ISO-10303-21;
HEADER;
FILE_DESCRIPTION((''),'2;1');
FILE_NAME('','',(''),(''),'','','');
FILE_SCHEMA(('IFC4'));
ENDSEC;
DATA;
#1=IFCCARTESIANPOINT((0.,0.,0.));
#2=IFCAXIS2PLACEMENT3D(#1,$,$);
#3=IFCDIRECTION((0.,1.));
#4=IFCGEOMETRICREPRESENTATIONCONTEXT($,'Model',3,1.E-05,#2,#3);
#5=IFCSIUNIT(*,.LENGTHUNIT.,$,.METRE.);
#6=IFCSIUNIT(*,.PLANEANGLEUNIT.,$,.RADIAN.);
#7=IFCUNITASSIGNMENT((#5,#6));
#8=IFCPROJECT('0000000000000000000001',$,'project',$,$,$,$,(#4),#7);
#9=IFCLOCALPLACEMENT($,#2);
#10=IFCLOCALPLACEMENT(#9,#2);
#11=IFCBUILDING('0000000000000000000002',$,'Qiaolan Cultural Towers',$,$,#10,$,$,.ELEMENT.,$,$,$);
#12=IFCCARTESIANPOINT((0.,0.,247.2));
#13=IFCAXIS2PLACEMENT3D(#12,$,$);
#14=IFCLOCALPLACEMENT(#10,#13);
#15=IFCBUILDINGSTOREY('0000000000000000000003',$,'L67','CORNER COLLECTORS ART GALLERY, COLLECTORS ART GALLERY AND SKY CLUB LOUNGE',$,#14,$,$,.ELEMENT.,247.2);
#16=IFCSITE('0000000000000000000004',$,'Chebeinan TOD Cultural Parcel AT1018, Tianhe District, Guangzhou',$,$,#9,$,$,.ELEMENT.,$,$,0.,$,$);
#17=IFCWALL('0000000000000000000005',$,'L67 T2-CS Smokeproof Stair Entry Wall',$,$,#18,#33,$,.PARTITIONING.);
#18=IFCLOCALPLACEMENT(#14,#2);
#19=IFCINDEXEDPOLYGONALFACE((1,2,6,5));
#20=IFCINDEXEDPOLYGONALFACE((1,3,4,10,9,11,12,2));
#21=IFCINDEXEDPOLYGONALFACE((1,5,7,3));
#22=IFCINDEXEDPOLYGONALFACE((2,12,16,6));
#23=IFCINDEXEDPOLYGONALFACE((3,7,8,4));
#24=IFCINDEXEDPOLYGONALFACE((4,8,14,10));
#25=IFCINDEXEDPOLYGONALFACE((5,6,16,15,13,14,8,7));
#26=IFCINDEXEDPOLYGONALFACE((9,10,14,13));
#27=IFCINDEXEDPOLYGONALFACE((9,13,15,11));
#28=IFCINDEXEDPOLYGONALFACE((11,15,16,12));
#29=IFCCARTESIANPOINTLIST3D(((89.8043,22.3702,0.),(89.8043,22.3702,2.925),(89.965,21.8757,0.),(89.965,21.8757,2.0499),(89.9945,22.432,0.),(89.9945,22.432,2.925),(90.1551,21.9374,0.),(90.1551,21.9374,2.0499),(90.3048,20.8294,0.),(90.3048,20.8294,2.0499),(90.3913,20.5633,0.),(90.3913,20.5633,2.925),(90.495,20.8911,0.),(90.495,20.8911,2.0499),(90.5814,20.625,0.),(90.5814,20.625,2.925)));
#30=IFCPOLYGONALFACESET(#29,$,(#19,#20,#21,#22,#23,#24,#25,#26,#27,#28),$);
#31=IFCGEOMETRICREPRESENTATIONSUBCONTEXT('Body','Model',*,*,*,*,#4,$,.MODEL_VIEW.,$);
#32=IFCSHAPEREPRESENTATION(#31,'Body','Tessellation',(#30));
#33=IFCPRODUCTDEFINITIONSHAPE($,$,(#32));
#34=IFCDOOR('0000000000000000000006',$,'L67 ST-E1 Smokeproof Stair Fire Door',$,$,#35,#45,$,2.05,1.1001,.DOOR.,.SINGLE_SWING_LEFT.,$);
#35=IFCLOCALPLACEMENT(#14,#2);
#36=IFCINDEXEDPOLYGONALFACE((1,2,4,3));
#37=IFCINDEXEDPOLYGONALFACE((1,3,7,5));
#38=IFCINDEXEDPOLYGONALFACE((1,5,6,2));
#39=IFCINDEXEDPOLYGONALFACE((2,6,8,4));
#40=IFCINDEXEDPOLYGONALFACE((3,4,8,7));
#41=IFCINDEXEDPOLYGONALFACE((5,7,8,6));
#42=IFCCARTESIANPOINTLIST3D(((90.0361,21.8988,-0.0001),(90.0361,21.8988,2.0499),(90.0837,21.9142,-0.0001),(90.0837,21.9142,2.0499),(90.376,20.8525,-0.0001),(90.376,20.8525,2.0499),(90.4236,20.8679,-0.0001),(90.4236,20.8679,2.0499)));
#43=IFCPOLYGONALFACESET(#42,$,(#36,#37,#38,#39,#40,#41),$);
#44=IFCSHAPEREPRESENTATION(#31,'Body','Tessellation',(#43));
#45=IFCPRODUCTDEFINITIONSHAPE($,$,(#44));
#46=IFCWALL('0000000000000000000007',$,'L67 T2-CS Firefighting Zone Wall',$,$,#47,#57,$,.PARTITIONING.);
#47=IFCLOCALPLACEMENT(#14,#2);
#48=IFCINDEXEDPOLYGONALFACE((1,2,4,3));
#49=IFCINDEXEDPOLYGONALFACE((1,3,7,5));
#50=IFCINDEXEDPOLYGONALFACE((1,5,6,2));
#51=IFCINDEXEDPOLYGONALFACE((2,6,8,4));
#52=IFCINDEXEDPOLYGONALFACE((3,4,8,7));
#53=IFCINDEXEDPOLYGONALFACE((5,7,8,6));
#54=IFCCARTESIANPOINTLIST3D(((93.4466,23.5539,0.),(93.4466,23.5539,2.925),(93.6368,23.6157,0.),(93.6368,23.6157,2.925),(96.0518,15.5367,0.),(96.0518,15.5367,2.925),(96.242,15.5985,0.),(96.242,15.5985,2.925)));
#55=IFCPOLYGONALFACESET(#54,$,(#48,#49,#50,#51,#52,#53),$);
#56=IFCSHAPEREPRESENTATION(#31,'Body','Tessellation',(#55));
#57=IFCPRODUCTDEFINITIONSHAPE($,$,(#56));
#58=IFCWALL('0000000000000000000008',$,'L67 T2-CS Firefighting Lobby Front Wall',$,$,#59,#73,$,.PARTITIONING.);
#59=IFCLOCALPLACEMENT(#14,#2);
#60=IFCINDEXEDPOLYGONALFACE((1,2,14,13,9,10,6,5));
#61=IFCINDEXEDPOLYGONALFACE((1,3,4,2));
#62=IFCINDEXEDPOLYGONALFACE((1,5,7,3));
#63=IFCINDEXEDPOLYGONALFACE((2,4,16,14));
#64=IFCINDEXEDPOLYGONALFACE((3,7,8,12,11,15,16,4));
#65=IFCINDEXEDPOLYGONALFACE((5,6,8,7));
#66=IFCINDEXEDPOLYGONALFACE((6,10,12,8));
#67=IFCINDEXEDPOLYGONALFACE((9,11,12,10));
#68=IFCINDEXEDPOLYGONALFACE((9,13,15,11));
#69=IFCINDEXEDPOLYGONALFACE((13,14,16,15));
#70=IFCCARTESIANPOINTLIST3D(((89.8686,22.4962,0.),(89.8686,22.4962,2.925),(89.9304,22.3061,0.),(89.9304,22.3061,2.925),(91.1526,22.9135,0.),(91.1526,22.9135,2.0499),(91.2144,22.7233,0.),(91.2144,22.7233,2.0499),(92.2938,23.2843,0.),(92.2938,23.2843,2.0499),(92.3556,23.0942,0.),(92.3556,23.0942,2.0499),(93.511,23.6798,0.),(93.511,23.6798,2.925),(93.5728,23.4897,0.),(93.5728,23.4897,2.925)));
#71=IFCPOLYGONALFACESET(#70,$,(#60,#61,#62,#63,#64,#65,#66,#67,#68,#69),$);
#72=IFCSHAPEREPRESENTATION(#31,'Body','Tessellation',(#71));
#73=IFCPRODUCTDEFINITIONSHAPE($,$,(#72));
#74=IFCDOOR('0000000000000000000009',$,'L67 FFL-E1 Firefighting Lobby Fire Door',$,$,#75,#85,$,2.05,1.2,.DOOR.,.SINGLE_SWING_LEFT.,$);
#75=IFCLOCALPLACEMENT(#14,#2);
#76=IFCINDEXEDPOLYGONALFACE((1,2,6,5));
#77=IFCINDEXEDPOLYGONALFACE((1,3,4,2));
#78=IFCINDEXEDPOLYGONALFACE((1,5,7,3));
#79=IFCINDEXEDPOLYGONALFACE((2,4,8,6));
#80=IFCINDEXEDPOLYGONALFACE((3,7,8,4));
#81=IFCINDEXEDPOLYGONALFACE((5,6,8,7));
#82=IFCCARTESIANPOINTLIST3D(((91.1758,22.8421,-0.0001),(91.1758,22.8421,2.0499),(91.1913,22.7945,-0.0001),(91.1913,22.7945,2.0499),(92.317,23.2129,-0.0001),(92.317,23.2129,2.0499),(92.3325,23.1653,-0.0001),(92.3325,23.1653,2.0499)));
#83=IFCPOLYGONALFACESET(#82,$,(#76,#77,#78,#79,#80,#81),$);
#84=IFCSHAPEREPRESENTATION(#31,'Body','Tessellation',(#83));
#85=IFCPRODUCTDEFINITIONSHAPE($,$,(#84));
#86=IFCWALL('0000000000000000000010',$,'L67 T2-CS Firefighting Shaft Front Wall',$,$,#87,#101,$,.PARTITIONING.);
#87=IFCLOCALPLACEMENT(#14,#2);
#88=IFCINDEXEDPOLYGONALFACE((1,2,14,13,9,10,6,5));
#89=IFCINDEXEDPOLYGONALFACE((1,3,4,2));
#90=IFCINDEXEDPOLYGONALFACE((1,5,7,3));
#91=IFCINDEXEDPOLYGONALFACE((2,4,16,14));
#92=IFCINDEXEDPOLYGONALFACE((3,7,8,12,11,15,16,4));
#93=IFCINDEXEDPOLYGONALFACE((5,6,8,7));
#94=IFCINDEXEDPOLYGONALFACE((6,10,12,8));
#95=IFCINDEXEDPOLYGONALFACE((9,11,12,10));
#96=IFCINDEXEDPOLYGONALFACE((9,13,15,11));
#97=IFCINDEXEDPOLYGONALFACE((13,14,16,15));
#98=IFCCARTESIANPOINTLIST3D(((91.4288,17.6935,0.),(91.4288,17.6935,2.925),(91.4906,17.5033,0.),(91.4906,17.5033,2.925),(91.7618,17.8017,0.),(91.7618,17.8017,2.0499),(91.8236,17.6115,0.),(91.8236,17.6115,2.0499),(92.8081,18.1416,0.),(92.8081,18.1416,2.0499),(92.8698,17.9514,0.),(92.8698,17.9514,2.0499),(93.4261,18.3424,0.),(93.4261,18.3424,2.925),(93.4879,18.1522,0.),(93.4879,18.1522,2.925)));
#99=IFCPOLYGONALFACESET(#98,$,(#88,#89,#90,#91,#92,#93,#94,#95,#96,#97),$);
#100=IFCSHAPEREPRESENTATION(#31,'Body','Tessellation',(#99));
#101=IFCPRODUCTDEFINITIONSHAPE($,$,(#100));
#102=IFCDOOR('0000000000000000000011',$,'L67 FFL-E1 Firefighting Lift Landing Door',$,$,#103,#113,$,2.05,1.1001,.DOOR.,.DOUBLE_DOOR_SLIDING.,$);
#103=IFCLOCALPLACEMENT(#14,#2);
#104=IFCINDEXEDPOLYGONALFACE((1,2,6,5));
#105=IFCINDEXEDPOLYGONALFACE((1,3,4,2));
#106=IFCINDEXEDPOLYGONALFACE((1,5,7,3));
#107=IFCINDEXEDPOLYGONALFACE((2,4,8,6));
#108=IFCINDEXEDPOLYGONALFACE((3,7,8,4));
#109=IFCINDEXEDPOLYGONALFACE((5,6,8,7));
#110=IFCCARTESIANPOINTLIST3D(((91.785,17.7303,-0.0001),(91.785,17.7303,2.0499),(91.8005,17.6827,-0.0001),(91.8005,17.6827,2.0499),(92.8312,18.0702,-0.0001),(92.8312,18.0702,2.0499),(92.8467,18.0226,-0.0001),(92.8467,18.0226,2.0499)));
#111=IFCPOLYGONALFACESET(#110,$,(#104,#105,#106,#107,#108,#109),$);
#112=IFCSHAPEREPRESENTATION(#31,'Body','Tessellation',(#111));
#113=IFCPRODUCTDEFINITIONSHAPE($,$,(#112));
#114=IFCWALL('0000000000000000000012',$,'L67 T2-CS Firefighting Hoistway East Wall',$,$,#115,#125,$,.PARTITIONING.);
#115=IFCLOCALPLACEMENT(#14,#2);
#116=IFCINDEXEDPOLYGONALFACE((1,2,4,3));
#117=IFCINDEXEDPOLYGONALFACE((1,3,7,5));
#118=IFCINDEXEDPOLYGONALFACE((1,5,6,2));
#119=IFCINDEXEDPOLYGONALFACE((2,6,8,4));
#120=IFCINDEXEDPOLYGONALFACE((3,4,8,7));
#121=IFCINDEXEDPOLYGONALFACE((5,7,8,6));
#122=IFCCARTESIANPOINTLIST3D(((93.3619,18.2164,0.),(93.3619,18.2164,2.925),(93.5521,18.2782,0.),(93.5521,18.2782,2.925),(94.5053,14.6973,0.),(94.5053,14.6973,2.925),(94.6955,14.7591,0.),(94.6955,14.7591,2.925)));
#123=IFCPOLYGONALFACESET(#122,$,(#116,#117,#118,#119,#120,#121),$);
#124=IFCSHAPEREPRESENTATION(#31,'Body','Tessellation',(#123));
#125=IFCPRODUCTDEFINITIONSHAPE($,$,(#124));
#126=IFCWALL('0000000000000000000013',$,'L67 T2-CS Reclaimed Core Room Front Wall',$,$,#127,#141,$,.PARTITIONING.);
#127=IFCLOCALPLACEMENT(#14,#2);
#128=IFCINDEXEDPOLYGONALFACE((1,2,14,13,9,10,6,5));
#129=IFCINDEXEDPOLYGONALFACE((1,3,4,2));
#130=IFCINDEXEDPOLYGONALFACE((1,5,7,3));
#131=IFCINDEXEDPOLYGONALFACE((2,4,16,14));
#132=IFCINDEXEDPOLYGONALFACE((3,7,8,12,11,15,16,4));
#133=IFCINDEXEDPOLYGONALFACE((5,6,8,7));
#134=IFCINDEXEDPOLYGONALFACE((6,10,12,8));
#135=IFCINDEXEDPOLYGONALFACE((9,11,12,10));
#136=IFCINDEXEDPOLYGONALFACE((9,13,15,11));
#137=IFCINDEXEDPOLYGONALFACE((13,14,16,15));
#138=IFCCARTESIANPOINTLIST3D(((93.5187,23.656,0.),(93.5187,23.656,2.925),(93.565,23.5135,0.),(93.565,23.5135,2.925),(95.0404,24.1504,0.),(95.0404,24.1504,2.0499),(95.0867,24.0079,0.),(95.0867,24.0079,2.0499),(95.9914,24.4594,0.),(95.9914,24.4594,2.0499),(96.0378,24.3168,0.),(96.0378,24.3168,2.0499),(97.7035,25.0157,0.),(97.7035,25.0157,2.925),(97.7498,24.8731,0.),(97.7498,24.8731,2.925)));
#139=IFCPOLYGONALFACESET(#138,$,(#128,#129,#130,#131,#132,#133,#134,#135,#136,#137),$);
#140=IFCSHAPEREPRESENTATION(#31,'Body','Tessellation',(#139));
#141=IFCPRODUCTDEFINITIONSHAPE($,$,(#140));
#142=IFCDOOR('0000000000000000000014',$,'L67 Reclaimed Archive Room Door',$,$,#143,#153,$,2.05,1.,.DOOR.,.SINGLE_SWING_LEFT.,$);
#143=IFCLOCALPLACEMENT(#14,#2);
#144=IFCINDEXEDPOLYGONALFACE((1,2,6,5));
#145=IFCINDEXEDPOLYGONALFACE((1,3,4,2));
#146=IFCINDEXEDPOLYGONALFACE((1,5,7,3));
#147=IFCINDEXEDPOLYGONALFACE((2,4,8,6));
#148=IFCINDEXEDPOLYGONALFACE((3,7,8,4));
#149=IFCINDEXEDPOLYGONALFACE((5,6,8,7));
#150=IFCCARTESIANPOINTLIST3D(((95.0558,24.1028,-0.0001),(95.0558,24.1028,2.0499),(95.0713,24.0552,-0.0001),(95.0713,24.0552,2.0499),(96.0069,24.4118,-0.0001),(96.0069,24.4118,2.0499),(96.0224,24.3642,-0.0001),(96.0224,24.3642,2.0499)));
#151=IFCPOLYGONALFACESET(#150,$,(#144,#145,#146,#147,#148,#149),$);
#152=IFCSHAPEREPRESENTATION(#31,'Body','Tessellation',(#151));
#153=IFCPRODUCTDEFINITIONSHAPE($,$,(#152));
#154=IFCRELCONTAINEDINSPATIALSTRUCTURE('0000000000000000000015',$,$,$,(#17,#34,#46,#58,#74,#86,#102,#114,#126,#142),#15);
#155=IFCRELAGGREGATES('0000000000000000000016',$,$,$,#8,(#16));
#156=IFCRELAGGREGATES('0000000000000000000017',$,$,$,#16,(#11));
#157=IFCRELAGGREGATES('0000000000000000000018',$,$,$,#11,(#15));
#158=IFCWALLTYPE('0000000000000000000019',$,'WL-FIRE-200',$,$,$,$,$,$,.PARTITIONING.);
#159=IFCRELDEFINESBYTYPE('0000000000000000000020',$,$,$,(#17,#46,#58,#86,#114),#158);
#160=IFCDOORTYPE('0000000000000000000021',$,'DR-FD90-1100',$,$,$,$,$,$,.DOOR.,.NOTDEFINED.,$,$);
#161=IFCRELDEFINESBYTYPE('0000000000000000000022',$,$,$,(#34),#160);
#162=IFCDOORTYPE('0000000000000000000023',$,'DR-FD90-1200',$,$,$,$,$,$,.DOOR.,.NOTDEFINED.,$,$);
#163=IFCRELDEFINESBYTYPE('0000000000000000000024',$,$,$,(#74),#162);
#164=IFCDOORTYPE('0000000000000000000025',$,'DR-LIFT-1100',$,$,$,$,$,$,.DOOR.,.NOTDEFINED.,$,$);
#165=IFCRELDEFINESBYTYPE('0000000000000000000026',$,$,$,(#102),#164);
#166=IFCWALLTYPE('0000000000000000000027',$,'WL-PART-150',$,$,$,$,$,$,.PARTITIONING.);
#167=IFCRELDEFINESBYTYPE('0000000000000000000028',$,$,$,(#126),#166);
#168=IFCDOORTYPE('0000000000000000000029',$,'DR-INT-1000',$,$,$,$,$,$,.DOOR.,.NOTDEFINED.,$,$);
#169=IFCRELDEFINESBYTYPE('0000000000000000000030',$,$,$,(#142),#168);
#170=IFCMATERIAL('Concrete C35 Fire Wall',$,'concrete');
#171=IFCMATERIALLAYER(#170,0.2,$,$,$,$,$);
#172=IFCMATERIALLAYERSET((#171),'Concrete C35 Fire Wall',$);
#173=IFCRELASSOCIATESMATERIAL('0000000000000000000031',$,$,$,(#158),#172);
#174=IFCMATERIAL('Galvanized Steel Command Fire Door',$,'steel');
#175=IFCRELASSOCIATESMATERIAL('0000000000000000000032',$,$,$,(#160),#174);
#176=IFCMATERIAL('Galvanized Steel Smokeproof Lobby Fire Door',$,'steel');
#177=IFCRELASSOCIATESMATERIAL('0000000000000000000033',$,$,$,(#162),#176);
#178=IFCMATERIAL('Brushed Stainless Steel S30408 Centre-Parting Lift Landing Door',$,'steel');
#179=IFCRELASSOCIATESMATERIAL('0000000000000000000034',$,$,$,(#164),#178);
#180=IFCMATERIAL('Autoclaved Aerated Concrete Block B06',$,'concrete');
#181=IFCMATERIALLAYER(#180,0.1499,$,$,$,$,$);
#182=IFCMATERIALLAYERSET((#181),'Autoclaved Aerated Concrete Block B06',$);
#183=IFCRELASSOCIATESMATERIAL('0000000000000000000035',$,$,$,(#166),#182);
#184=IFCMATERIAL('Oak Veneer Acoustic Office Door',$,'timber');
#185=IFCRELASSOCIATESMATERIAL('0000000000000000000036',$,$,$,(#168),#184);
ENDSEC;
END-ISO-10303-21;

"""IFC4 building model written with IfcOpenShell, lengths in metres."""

from ifc_helpers import new_model, si_unit, direction, frame, frame_2d, origin, place, context, subcontext, project, spatial, rectangle, extrude, material, layer, layer_set, type_object, element, fill, save


model = new_model("IFC4")

# Units and contexts
model_context = context("Model", 3, precision=1e-05, world=origin(), true_north=direction((0.0, 1.0)))
body_context = subcontext(model_context, "Body", "Model", "MODEL_VIEW")
ifc_project = project(units=[si_unit("LENGTHUNIT", "METRE"), si_unit("PLANEANGLEUNIT", "RADIAN")], contexts=[model_context])

# Site, building, storey
site_placement = place(None, origin())
site = spatial("IfcSite", under=ifc_project, at=site_placement, Name="Chebeinan TOD Cultural Parcel AT1018, Tianhe District, Guangzhou", CompositionType="ELEMENT", RefElevation=0.0)
building_placement = place(site_placement, origin())
building = spatial("IfcBuilding", under=site, at=building_placement, Name="Qiaolan Cultural Towers", CompositionType="ELEMENT")
storey_placement = place(building_placement, frame((0.0, 0.0, 247.2)))
storey = spatial("IfcBuildingStorey", under=building, at=storey_placement, Name="L67", Description="CORNER COLLECTORS ART GALLERY, COLLECTORS ART GALLERY AND SKY CLUB LOUNGE", CompositionType="ELEMENT", Elevation=247.2)

# Wall, opening, door
ifc_material_1 = material(Name="Concrete C35 Fire Wall", Category="concrete")
ifc_layer_1 = layer(ifc_material_1, 0.2)
ifc_layer_set_1 = layer_set([ifc_layer_1], Name="Concrete C35 Fire Wall")
wall_type_1 = type_object("IfcWallType", Name="WL-FIRE-200", PredefinedType="PARTITIONING", material=ifc_layer_set_1)
wall_1_placement = place(storey_placement, frame((89.8994, 22.4011, 0.0), z_axis=(0.0, 0.0, 1.0), x_axis=(0.308932, -0.951084, 0.0)))
wall_1 = element("IfcWall", 1, at=wall_1_placement, inside=storey, type_object=wall_type_1, Name="L67 T2-CS Smokeproof Stair Entry Wall", PredefinedType="PARTITIONING", context=body_context, shape_type="SweptSolid", body=[
    extrude(rectangle(XDim=1.8999, YDim=0.2, at=frame_2d((0.95, 0.0))), origin(), (0.0, 0.0, 1.0), 2.925),
])
opening_1_placement = place(wall_1_placement, frame((0.52, 0.0, 0.0)))
opening_1 = element("IfcOpeningElement", 2, at=opening_1_placement, cuts=wall_1, PredefinedType="OPENING", context=body_context, shape_type="SweptSolid", body=[
    extrude(rectangle(XDim=1.1001, YDim=2.05, at=frame_2d((0.55, 1.0249))), frame((0.0, 0.1099, 0.0), z_axis=(0.0, -1.0, 0.0), x_axis=(1.0, 0.0, 0.0)), (0.0, 0.0, 1.0), 0.22),
])
ifc_material_2 = material(Name="Galvanized Steel Command Fire Door", Category="steel")
door_type_1 = type_object("IfcDoorType", Name="DR-FD90-1100", OperationType="NOTDEFINED", PredefinedType="DOOR", material=ifc_material_2)
door_1_placement = place(opening_1_placement, origin())
door_1 = element("IfcDoor", 3, at=door_1_placement, inside=storey, type_object=door_type_1, Name="L67 ST-E1 Smokeproof Stair Fire Door", OperationType="SINGLE_SWING_LEFT", OverallHeight=2.05, OverallWidth=1.1001, PredefinedType="DOOR", context=body_context, shape_type="SweptSolid", body=[
    extrude(rectangle(XDim=1.1001, YDim=2.05, at=frame_2d((0.55, 1.0249))), frame((0.0, 0.0249, 0.0), z_axis=(0.0, -1.0, 0.0), x_axis=(1.0, 0.0, 0.0)), (0.0, 0.0, 1.0), 0.05),
])
fill(opening_1, door_1)

# Wall
wall_2_placement = place(storey_placement, frame((93.5417, 23.5847, 0.0), z_axis=(0.0, 0.0, 1.0), x_axis=(0.309042, -0.951048, 0.0)))
element("IfcWall", 4, at=wall_2_placement, inside=storey, type_object=wall_type_1, Name="L67 T2-CS Firefighting Zone Wall", PredefinedType="PARTITIONING", context=body_context, shape_type="SweptSolid", body=[
    extrude(rectangle(XDim=8.4299, YDim=0.2, at=frame_2d((4.2148, 0.0))), origin(), (0.0, 0.0, 1.0), 2.925),
])

# Walls, openings, doors
wall_3_placement = place(storey_placement, frame((89.8994, 22.4011, 0.0), z_axis=(0.0, 0.0, 1.0), x_axis=(0.951047, 0.309047, 0.0)))
wall_3 = element("IfcWall", 5, at=wall_3_placement, inside=storey, type_object=wall_type_1, Name="L67 T2-CS Firefighting Lobby Front Wall", PredefinedType="PARTITIONING", context=body_context, shape_type="SweptSolid", body=[
    extrude(rectangle(XDim=3.8298, YDim=0.2, at=frame_2d((1.915, 0.0))), origin(), (0.0, 0.0, 1.0), 2.925),
])
opening_2_placement = place(wall_3_placement, frame((1.3501, 0.0, 0.0)))
opening_2 = element("IfcOpeningElement", 6, at=opening_2_placement, cuts=wall_3, PredefinedType="OPENING", context=body_context, shape_type="SweptSolid", body=[
    extrude(rectangle(XDim=1.2, YDim=2.05, at=frame_2d((0.6001, 1.0249))), frame((0.0, 0.1099, 0.0), z_axis=(0.0, -1.0, 0.0), x_axis=(1.0, 0.0, 0.0)), (0.0, 0.0, 1.0), 0.22),
])
ifc_material_3 = material(Name="Galvanized Steel Smokeproof Lobby Fire Door", Category="steel")
door_type_2 = type_object("IfcDoorType", Name="DR-FD90-1200", OperationType="NOTDEFINED", PredefinedType="DOOR", material=ifc_material_3)
door_2_placement = place(opening_2_placement, origin())
door_2 = element("IfcDoor", 7, at=door_2_placement, inside=storey, type_object=door_type_2, Name="L67 FFL-E1 Firefighting Lobby Fire Door", OperationType="SINGLE_SWING_LEFT", OverallHeight=2.05, OverallWidth=1.2, PredefinedType="DOOR", context=body_context, shape_type="SweptSolid", body=[
    extrude(rectangle(XDim=1.2, YDim=2.05, at=frame_2d((0.6001, 1.0249))), frame((0.0, 0.0249, 0.0), z_axis=(0.0, -1.0, 0.0), x_axis=(1.0, 0.0, 0.0)), (0.0, 0.0, 1.0), 0.05),
])
fill(opening_2, door_2)
wall_4_placement = place(storey_placement, frame((91.4597, 17.5984, 0.0), z_axis=(0.0, 0.0, 1.0), x_axis=(0.951062, 0.308999, 0.0)))
wall_4 = element("IfcWall", 8, at=wall_4_placement, inside=storey, type_object=wall_type_1, Name="L67 T2-CS Firefighting Shaft Front Wall", PredefinedType="PARTITIONING", context=body_context, shape_type="SweptSolid", body=[
    extrude(rectangle(XDim=2.1001, YDim=0.2, at=frame_2d((1.05, 0.0))), origin(), (0.0, 0.0, 1.0), 2.925),
])
opening_3_placement = place(wall_4_placement, frame((0.3501, 0.0, 0.0)))
opening_3 = element("IfcOpeningElement", 9, at=opening_3_placement, cuts=wall_4, PredefinedType="OPENING", context=body_context, shape_type="SweptSolid", body=[
    extrude(rectangle(XDim=1.1001, YDim=2.05, at=frame_2d((0.55, 1.0249))), frame((0.0, 0.1099, 0.0), z_axis=(0.0, -1.0, 0.0), x_axis=(1.0, 0.0, 0.0)), (0.0, 0.0, 1.0), 0.22),
])
ifc_material_4 = material(Name="Brushed Stainless Steel S30408 Centre-Parting Lift Landing Door", Category="steel")
door_type_3 = type_object("IfcDoorType", Name="DR-LIFT-1100", OperationType="NOTDEFINED", PredefinedType="DOOR", material=ifc_material_4)
door_3_placement = place(opening_3_placement, origin())
door_3 = element("IfcDoor", 10, at=door_3_placement, inside=storey, type_object=door_type_3, Name="L67 FFL-E1 Firefighting Lift Landing Door", OperationType="DOUBLE_DOOR_SLIDING", OverallHeight=2.05, OverallWidth=1.1001, PredefinedType="DOOR", context=body_context, shape_type="SweptSolid", body=[
    extrude(rectangle(XDim=1.1001, YDim=2.05, at=frame_2d((0.55, 1.0249))), frame((0.0, 0.0249, 0.0), z_axis=(0.0, -1.0, 0.0), x_axis=(1.0, 0.0, 0.0)), (0.0, 0.0, 1.0), 0.05),
])
fill(opening_3, door_3)

# Wall
wall_5_placement = place(storey_placement, frame((93.457, 18.2473, 0.0), z_axis=(0.0, 0.0, 1.0), x_axis=(0.308994, -0.951064, 0.0)))
element("IfcWall", 11, at=wall_5_placement, inside=storey, type_object=wall_type_1, Name="L67 T2-CS Firefighting Hoistway East Wall", PredefinedType="PARTITIONING", context=body_context, shape_type="SweptSolid", body=[
    extrude(rectangle(XDim=3.7002, YDim=0.2, at=frame_2d((1.8501, 0.0))), origin(), (0.0, 0.0, 1.0), 2.925),
])

# Wall, opening, door
ifc_material_5 = material(Name="Autoclaved Aerated Concrete Block B06", Category="concrete")
ifc_layer_2 = layer(ifc_material_5, 0.1499)
ifc_layer_set_2 = layer_set([ifc_layer_2], Name="Autoclaved Aerated Concrete Block B06")
wall_type_2 = type_object("IfcWallType", Name="WL-PART-150", PredefinedType="PARTITIONING", material=ifc_layer_set_2)
wall_6_placement = place(storey_placement, frame((93.5417, 23.5847, 0.0), z_axis=(0.0, 0.0, 1.0), x_axis=(0.951064, 0.308994, 0.0)))
wall_6 = element("IfcWall", 12, at=wall_6_placement, inside=storey, type_object=wall_type_2, Name="L67 T2-CS Reclaimed Core Room Front Wall", PredefinedType="PARTITIONING", context=body_context, shape_type="SweptSolid", body=[
    extrude(rectangle(XDim=4.4001, YDim=0.1499, at=frame_2d((2.2002, 0.0))), origin(), (0.0, 0.0, 1.0), 2.925),
])
opening_4_placement = place(wall_6_placement, frame((1.6001, 0.0, 0.0)))
opening_4 = element("IfcOpeningElement", 13, at=opening_4_placement, cuts=wall_6, PredefinedType="OPENING", context=body_context, shape_type="SweptSolid", body=[
    extrude(rectangle(XDim=1.0, YDim=2.05, at=frame_2d((0.5, 1.0249))), frame((0.0, 0.085, 0.0), z_axis=(0.0, -1.0, 0.0), x_axis=(1.0, 0.0, 0.0)), (0.0, 0.0, 1.0), 0.1699),
])
ifc_material_6 = material(Name="Oak Veneer Acoustic Office Door", Category="timber")
door_type_4 = type_object("IfcDoorType", Name="DR-INT-1000", OperationType="NOTDEFINED", PredefinedType="DOOR", material=ifc_material_6)
door_4_placement = place(opening_4_placement, origin())
door_4 = element("IfcDoor", 14, at=door_4_placement, inside=storey, type_object=door_type_4, Name="L67 Reclaimed Archive Room Door", OperationType="SINGLE_SWING_LEFT", OverallHeight=2.05, OverallWidth=1.0, PredefinedType="DOOR", context=body_context, shape_type="SweptSolid", body=[
    extrude(rectangle(XDim=1.0, YDim=2.05, at=frame_2d((0.5, 1.0249))), frame((0.0, 0.0249, 0.0), z_axis=(0.0, -1.0, 0.0), x_axis=(1.0, 0.0, 0.0)), (0.0, 0.0, 1.0), 0.05),
])
fill(opening_4, door_4)

save(model, "model.ifc")
